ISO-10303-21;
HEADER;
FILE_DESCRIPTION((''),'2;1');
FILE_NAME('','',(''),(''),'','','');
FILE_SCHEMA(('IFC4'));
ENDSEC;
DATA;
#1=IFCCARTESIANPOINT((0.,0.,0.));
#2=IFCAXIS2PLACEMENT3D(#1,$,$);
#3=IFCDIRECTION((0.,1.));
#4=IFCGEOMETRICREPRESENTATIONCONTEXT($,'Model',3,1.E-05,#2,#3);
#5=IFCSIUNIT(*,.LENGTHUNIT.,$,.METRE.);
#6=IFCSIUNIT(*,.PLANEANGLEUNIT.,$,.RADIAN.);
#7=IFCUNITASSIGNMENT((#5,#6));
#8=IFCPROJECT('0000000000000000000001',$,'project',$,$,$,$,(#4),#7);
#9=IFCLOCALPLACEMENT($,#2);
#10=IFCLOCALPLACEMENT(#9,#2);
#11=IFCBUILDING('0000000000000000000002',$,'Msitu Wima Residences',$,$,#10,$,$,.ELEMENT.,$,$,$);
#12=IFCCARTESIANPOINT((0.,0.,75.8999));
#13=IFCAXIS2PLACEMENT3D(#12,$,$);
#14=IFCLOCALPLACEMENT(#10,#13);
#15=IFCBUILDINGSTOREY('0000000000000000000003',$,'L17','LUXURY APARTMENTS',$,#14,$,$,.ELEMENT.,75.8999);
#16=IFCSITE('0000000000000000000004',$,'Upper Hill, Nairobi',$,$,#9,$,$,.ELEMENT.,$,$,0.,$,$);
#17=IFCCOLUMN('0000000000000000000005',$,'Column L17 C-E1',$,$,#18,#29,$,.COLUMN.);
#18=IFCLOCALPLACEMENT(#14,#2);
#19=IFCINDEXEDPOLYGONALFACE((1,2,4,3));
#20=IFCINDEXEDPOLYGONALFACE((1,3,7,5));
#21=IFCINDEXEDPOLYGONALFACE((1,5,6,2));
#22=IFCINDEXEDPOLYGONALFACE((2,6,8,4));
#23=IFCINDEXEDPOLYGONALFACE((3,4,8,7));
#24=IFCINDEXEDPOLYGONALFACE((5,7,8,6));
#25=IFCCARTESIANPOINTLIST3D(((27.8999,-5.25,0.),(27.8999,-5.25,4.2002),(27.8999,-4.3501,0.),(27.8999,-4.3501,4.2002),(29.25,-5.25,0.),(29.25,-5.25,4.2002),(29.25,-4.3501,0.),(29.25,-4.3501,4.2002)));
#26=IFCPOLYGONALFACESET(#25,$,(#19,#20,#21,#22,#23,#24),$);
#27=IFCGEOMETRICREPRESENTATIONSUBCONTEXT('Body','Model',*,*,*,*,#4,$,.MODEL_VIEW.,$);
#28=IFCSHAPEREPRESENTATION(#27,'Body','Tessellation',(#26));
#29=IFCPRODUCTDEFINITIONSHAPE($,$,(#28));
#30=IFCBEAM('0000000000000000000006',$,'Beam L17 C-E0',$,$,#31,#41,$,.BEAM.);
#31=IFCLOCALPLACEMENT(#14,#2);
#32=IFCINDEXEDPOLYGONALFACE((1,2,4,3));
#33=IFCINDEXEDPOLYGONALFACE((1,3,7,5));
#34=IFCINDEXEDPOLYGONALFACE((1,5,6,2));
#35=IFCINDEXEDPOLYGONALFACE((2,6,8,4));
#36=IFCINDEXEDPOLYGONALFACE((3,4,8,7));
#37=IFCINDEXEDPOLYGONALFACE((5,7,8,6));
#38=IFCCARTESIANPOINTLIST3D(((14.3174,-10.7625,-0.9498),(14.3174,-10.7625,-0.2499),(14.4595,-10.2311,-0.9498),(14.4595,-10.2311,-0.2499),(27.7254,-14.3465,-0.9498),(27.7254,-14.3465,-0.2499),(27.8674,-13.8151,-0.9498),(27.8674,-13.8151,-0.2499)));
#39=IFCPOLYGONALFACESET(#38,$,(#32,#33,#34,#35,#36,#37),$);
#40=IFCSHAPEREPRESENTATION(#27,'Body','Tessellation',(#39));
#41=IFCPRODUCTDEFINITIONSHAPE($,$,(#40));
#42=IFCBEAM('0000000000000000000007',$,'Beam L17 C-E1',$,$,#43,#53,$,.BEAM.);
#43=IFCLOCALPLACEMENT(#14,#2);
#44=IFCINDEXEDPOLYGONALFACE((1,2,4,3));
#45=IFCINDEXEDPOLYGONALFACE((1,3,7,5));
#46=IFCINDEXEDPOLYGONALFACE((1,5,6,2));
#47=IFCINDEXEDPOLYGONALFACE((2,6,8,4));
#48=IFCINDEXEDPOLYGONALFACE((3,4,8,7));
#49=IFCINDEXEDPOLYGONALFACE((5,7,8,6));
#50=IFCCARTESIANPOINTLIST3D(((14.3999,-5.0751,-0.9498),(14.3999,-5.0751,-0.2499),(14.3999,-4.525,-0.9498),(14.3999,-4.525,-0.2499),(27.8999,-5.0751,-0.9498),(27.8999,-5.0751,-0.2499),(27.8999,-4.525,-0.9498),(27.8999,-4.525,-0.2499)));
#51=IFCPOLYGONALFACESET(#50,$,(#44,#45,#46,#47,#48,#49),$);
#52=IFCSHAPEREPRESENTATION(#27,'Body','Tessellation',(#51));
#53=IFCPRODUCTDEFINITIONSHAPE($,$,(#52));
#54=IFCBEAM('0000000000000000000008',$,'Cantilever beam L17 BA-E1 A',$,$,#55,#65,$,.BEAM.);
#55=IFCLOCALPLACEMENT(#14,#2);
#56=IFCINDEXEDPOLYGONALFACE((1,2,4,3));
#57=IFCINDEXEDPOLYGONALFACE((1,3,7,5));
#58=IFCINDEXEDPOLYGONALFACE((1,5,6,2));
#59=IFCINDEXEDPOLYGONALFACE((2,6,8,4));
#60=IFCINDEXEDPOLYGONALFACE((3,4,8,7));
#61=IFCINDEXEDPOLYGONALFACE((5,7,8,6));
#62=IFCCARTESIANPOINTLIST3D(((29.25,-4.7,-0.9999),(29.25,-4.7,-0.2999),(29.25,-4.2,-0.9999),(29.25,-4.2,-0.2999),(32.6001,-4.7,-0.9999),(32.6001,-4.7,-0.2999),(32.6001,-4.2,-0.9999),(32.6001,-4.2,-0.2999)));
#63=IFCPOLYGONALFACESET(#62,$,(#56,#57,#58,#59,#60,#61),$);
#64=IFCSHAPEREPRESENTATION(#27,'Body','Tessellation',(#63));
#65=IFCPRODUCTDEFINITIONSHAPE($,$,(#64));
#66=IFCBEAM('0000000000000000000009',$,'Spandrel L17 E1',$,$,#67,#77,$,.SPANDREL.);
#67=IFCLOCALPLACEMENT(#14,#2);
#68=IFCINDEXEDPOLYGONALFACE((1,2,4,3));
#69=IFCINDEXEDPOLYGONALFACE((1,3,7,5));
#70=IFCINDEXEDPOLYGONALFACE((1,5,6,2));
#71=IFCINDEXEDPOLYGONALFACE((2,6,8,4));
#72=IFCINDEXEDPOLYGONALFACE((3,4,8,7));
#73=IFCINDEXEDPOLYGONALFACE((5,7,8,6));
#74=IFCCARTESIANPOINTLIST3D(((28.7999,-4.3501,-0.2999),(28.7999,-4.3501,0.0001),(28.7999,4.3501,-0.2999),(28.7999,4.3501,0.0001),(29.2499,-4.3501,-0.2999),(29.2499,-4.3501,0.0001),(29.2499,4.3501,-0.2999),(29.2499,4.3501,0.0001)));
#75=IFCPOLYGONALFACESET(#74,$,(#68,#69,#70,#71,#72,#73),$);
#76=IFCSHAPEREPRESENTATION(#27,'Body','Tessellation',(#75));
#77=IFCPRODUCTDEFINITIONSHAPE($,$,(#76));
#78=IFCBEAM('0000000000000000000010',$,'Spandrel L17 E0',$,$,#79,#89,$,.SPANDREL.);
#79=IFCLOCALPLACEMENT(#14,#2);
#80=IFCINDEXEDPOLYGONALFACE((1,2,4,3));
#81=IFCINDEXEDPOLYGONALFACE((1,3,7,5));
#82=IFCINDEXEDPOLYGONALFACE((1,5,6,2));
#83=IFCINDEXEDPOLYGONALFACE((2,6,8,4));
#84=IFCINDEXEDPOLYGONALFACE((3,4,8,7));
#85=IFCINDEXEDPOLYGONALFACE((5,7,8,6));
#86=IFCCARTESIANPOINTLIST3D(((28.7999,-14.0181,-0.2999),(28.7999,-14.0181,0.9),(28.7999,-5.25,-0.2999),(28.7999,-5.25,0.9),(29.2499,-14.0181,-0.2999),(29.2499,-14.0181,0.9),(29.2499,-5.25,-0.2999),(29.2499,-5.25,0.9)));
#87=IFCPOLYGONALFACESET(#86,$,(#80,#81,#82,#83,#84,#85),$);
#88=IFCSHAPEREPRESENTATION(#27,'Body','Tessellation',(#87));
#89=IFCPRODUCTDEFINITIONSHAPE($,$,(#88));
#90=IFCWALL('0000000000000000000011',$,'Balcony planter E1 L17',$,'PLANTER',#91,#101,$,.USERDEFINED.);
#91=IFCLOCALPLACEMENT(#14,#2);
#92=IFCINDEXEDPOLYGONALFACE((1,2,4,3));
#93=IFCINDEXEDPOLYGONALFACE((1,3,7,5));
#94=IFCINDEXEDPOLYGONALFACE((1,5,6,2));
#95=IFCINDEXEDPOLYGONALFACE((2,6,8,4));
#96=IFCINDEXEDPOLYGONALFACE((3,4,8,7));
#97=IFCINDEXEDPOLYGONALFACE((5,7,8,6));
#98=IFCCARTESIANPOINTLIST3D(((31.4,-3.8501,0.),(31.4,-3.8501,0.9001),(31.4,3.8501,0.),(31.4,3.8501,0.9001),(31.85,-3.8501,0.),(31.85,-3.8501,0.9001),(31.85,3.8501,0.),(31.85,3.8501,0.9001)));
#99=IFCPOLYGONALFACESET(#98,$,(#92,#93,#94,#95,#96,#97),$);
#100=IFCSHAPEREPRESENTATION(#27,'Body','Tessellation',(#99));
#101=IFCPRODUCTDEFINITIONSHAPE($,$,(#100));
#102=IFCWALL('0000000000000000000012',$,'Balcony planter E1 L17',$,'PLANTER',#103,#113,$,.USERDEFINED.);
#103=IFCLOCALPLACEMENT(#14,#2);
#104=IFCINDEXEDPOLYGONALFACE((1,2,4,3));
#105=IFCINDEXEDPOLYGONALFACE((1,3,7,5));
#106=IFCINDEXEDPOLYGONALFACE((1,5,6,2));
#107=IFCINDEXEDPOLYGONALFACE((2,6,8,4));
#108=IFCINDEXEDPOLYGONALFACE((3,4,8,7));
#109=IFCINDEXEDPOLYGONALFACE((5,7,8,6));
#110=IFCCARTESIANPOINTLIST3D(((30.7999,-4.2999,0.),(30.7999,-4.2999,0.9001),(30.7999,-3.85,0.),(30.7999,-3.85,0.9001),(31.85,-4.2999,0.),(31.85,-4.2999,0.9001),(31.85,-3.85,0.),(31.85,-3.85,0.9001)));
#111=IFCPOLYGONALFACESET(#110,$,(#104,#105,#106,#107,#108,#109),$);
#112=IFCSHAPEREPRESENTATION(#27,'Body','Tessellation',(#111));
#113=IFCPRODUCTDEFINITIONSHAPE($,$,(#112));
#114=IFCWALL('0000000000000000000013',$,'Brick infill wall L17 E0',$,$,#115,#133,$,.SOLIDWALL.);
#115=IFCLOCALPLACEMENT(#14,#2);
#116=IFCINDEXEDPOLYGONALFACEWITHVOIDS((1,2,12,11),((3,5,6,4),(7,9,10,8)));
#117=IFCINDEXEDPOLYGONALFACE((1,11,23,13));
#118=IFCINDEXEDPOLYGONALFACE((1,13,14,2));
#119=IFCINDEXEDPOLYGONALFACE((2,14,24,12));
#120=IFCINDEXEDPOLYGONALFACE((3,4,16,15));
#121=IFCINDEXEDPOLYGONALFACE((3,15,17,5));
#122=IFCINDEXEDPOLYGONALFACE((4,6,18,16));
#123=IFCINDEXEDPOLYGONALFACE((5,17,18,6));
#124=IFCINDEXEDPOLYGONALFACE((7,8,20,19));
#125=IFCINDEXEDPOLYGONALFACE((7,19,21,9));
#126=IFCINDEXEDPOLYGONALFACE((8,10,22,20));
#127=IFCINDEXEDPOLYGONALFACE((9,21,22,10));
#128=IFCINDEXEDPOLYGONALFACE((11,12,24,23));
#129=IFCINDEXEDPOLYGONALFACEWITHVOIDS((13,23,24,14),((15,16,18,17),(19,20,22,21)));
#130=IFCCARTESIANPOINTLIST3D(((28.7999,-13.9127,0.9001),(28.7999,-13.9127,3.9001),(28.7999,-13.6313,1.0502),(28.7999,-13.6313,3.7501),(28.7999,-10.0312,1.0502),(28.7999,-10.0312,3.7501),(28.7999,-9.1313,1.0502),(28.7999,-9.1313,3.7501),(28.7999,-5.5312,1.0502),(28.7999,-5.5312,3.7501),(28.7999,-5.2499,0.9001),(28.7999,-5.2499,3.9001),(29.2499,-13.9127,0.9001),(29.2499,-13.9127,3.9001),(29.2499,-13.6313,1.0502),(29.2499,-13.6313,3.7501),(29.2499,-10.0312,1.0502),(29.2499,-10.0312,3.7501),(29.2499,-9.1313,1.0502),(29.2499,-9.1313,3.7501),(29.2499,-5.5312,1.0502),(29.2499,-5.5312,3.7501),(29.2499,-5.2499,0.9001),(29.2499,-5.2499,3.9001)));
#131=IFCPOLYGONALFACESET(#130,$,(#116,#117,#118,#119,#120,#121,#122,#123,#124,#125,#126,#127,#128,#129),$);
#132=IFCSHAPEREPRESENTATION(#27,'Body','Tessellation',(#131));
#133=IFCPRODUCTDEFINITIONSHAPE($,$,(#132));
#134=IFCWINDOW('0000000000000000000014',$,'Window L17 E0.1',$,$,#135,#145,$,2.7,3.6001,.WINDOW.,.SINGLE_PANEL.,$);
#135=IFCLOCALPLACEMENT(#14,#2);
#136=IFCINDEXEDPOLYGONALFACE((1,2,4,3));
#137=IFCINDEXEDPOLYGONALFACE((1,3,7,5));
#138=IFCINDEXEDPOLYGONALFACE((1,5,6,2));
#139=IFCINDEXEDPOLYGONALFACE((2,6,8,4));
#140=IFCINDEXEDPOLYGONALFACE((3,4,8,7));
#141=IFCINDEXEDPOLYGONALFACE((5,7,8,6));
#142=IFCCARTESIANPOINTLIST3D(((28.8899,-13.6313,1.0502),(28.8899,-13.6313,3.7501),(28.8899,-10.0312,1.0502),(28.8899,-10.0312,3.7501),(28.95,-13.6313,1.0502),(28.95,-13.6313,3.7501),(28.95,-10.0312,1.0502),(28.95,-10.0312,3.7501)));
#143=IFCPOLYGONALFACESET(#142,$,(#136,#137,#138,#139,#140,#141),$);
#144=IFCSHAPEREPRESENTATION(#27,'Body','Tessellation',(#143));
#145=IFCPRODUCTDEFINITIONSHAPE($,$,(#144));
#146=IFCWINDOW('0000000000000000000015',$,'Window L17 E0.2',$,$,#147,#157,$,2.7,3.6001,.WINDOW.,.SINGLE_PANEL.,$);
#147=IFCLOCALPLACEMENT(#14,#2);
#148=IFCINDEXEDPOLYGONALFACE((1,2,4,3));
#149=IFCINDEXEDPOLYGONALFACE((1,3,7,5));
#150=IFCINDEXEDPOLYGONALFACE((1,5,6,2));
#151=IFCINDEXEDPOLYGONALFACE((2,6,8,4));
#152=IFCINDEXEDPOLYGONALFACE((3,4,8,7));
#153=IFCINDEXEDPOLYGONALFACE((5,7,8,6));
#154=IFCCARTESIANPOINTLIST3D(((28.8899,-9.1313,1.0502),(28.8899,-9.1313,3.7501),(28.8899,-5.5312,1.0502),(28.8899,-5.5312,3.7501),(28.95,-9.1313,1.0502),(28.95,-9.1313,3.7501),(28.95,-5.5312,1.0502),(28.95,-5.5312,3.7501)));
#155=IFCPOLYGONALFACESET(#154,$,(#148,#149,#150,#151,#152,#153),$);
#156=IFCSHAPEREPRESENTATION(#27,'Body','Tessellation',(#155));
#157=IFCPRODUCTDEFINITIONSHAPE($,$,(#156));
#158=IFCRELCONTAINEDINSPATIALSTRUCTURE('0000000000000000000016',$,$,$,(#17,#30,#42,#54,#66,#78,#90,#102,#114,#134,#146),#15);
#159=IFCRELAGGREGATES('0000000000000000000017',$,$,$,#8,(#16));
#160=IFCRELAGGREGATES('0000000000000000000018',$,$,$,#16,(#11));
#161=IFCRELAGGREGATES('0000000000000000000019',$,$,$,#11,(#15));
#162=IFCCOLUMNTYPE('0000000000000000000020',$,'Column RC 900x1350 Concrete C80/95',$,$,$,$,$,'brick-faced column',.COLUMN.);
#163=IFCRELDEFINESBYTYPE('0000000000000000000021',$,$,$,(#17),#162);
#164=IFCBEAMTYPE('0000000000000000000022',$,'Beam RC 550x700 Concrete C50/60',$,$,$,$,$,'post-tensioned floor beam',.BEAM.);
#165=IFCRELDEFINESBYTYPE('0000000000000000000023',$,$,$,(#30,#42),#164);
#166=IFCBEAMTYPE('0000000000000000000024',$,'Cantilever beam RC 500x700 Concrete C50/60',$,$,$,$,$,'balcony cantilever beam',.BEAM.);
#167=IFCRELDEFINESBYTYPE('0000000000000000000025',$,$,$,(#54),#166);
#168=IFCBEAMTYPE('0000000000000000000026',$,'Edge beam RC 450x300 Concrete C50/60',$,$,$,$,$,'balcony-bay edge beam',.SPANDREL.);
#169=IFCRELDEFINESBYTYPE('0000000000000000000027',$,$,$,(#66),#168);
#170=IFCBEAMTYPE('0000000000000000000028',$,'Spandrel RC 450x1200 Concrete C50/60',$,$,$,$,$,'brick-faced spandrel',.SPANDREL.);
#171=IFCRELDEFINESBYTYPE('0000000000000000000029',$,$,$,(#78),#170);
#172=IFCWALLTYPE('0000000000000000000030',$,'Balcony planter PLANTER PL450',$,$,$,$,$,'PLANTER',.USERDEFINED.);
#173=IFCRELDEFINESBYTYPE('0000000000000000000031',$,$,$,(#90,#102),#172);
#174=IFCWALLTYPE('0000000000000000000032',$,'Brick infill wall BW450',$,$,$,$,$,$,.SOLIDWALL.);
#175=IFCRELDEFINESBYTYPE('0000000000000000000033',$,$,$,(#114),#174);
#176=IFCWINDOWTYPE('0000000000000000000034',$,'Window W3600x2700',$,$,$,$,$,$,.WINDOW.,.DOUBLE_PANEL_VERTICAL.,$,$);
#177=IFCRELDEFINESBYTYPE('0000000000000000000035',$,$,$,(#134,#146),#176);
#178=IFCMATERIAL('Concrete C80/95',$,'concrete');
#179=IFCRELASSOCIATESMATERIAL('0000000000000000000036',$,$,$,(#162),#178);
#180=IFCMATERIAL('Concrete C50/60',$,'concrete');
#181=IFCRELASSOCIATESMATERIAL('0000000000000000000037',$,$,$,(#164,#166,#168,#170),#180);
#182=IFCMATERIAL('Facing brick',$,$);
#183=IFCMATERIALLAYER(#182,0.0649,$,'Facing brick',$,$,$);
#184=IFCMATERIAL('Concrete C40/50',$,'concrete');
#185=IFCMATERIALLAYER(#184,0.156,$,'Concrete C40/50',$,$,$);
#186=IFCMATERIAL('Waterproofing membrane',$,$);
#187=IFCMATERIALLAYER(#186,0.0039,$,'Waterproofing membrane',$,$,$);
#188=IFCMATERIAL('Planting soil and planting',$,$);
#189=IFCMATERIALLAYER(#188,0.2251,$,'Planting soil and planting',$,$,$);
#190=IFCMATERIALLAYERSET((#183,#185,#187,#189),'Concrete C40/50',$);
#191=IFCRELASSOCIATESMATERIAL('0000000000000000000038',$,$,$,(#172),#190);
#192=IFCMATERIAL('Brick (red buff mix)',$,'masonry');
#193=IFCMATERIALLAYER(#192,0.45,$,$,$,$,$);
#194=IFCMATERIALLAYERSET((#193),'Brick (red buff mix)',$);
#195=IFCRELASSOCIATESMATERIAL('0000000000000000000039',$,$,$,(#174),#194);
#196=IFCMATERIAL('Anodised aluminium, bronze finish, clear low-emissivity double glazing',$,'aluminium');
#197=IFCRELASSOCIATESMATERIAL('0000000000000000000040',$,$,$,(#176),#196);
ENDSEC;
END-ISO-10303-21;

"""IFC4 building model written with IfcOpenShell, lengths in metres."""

from ifc_helpers import new_model, si_unit, direction, frame, frame_2d, origin, origin_2d, place, context, subcontext, project, spatial, rectangle, extrude, material, layer, layer_set, material_profile, profile_set, type_object, element, fill, save


model = new_model("IFC4")

# Units and contexts
model_context = context("Model", 3, precision=1e-05, world=origin(), true_north=direction((0.0, 1.0)))
body_context = subcontext(model_context, "Body", "Model", "MODEL_VIEW")
ifc_project = project(units=[si_unit("LENGTHUNIT", "METRE"), si_unit("PLANEANGLEUNIT", "RADIAN")], contexts=[model_context])

# Site, building, storey
site_placement = place(None, origin())
site = spatial("IfcSite", under=ifc_project, at=site_placement, Name="Upper Hill, Nairobi", CompositionType="ELEMENT", RefElevation=0.0)
building_placement = place(site_placement, origin())
building = spatial("IfcBuilding", under=site, at=building_placement, Name="Msitu Wima Residences", CompositionType="ELEMENT")
storey_placement = place(building_placement, frame((0.0, 0.0, 75.8999)))
storey = spatial("IfcBuildingStorey", under=building, at=storey_placement, Name="L17", Description="LUXURY APARTMENTS", CompositionType="ELEMENT", Elevation=75.8999)

# Column
ifc_material_1 = material(Name="Concrete C80/95", Category="concrete")
ifc_material_profile_1 = material_profile(ifc_material_1, rectangle(XDim=0.8999, YDim=1.3501, at=origin_2d()), Name="RC 900x1350")
ifc_profile_set_1 = profile_set([ifc_material_profile_1], Name="Concrete C80/95")
column_type = type_object("IfcColumnType", Name="Column RC 900x1350 Concrete C80/95", ElementType="brick-faced column", PredefinedType="COLUMN", material=ifc_profile_set_1)
column_placement = place(storey_placement, frame((28.575, -4.8, 0.0), z_axis=(0.0, 0.0, 1.0), x_axis=(0.0, 1.0, 0.0)))
element("IfcColumn", 1, at=column_placement, inside=storey, type_object=column_type, Name="Column L17 C-E1", PredefinedType="COLUMN", context=body_context, shape_type="SweptSolid", body=[
    extrude(rectangle(XDim=0.8999, YDim=1.3501, at=origin_2d()), origin(), (0.0, 0.0, 1.0), 4.2002),
])

# Beams
ifc_material_2 = material(Name="Concrete C50/60", Category="concrete")
ifc_material_profile_2 = material_profile(ifc_material_2, rectangle(XDim=0.55, YDim=0.7, at=origin_2d()), Name="RC 550x700")
ifc_profile_set_2 = profile_set([ifc_material_profile_2], Name="Concrete C50/60")
beam_type_1 = type_object("IfcBeamType", Name="Beam RC 550x700 Concrete C50/60", ElementType="post-tensioned floor beam", PredefinedType="BEAM", material=ifc_profile_set_2)
beam_1_placement = place(storey_placement, frame((27.7964, -14.0808, -0.5999), z_axis=(-0.966082, 0.258236, 0.0), x_axis=(-0.258236, -0.966082, 0.0)))
element("IfcBeam", 2, at=beam_1_placement, inside=storey, type_object=beam_type_1, Name="Beam L17 C-E0", PredefinedType="BEAM", context=body_context, shape_type="SweptSolid", body=[
    extrude(rectangle(XDim=0.55, YDim=0.7, at=origin_2d()), origin(), (0.0, 0.0, 1.0), 13.8787),
])
beam_2_placement = place(storey_placement, frame((27.8999, -4.8, -0.5999), z_axis=(-1.0, 0.0, 0.0), x_axis=(0.0, -1.0, 0.0)))
element("IfcBeam", 3, at=beam_2_placement, inside=storey, type_object=beam_type_1, Name="Beam L17 C-E1", PredefinedType="BEAM", context=body_context, shape_type="SweptSolid", body=[
    extrude(rectangle(XDim=0.55, YDim=0.7, at=origin_2d()), origin(), (0.0, 0.0, 1.0), 13.5),
])
ifc_material_profile_3 = material_profile(ifc_material_2, rectangle(XDim=0.5, YDim=0.7, at=origin_2d()), Name="RC 500x700")
ifc_profile_set_3 = profile_set([ifc_material_profile_3], Name="Concrete C50/60")
beam_type_2 = type_object("IfcBeamType", Name="Cantilever beam RC 500x700 Concrete C50/60", ElementType="balcony cantilever beam", PredefinedType="BEAM", material=ifc_profile_set_3)
beam_3_placement = place(storey_placement, frame((29.25, -4.45, -0.6499), z_axis=(1.0, 0.0, 0.0), x_axis=(0.0, 1.0, 0.0)))
element("IfcBeam", 4, at=beam_3_placement, inside=storey, type_object=beam_type_2, Name="Cantilever beam L17 BA-E1 A", PredefinedType="BEAM", context=body_context, shape_type="SweptSolid", body=[
    extrude(rectangle(XDim=0.5, YDim=0.7, at=origin_2d()), origin(), (0.0, 0.0, 1.0), 3.3501),
])
ifc_material_profile_4 = material_profile(ifc_material_2, rectangle(XDim=0.45, YDim=0.3, at=origin_2d()), Name="RC 450x300")
ifc_profile_set_4 = profile_set([ifc_material_profile_4], Name="Concrete C50/60")
beam_type_3 = type_object("IfcBeamType", Name="Edge beam RC 450x300 Concrete C50/60", ElementType="balcony-bay edge beam", PredefinedType="SPANDREL", material=ifc_profile_set_4)
beam_4_placement = place(storey_placement, frame((29.0249, -4.3501, -0.1499), z_axis=(0.0, 1.0, 0.0), x_axis=(-1.0, 0.0, 0.0)))
element("IfcBeam", 5, at=beam_4_placement, inside=storey, type_object=beam_type_3, Name="Spandrel L17 E1", PredefinedType="SPANDREL", context=body_context, shape_type="SweptSolid", body=[
    extrude(rectangle(XDim=0.45, YDim=0.3, at=origin_2d()), origin(), (0.0, 0.0, 1.0), 8.7002),
])
ifc_material_profile_5 = material_profile(ifc_material_2, rectangle(XDim=0.45, YDim=1.2, at=origin_2d()), Name="RC 450x1200")
ifc_profile_set_5 = profile_set([ifc_material_profile_5], Name="Concrete C50/60")
beam_type_4 = type_object("IfcBeamType", Name="Spandrel RC 450x1200 Concrete C50/60", ElementType="brick-faced spandrel", PredefinedType="SPANDREL", material=ifc_profile_set_5)
beam_5_placement = place(storey_placement, frame((29.0249, -14.0181, 0.3), z_axis=(0.0, 1.0, 0.0), x_axis=(-1.0, 0.0, 0.0)))
element("IfcBeam", 6, at=beam_5_placement, inside=storey, type_object=beam_type_4, Name="Spandrel L17 E0", PredefinedType="SPANDREL", context=body_context, shape_type="SweptSolid", body=[
    extrude(rectangle(XDim=0.45, YDim=1.2, at=origin_2d()), origin(), (0.0, 0.0, 1.0), 8.7681),
])

# Walls
ifc_material_3 = material(Name="Facing brick")
ifc_layer_1 = layer(ifc_material_3, 0.0649, Name="Facing brick")
ifc_material_4 = material(Name="Concrete C40/50", Category="concrete")
ifc_layer_2 = layer(ifc_material_4, 0.156, Name="Concrete C40/50")
ifc_material_5 = material(Name="Waterproofing membrane")
ifc_layer_3 = layer(ifc_material_5, 0.0039, Name="Waterproofing membrane")
ifc_material_6 = material(Name="Planting soil and planting")
ifc_layer_4 = layer(ifc_material_6, 0.2251, Name="Planting soil and planting")
ifc_layer_set_1 = layer_set([ifc_layer_1, ifc_layer_2, ifc_layer_3, ifc_layer_4], Name="Concrete C40/50")
wall_type_1 = type_object("IfcWallType", Name="Balcony planter PLANTER PL450", ElementType="PLANTER", PredefinedType="USERDEFINED", material=ifc_layer_set_1)
wall_1_placement = place(storey_placement, frame((31.625, -3.8501, 0.0), z_axis=(0.0, 0.0, 1.0), x_axis=(0.0, 1.0, 0.0)))
element("IfcWall", 7, at=wall_1_placement, inside=storey, type_object=wall_type_1, Name="Balcony planter E1 L17", ObjectType="PLANTER", PredefinedType="USERDEFINED", context=body_context, shape_type="SweptSolid", body=[
    extrude(rectangle(XDim=7.7002, YDim=0.45, at=frame_2d((3.8501, 0.0))), origin(), (0.0, 0.0, 1.0), 0.9001),
])
wall_2_placement = place(storey_placement, frame((30.8, -4.075, 0.0), z_axis=(0.0, 0.0, 1.0), x_axis=(1.0, 0.0, 0.0)))
element("IfcWall", 8, at=wall_2_placement, inside=storey, type_object=wall_type_1, Name="Balcony planter E1 L17", ObjectType="PLANTER", PredefinedType="USERDEFINED", context=body_context, shape_type="SweptSolid", body=[
    extrude(rectangle(XDim=1.05, YDim=0.45, at=frame_2d((0.5249, 0.0))), origin(), (0.0, 0.0, 1.0), 0.9001),
])

# Wall, openings, windows
ifc_material_7 = material(Name="Brick (red buff mix)", Category="masonry")
ifc_layer_5 = layer(ifc_material_7, 0.45)
ifc_layer_set_2 = layer_set([ifc_layer_5], Name="Brick (red buff mix)")
wall_type_2 = type_object("IfcWallType", Name="Brick infill wall BW450", PredefinedType="SOLIDWALL", material=ifc_layer_set_2)
wall_3_placement = place(storey_placement, frame((29.0249, -13.9128, 0.9001), z_axis=(0.0, 0.0, 1.0), x_axis=(0.0, 1.0, 0.0)))
wall_3 = element("IfcWall", 9, at=wall_3_placement, inside=storey, type_object=wall_type_2, Name="Brick infill wall L17 E0", PredefinedType="SOLIDWALL", context=body_context, shape_type="SweptSolid", body=[
    extrude(rectangle(XDim=8.6628, YDim=0.45, at=frame_2d((4.3315, 0.0))), origin(), (0.0, 0.0, 1.0), 3.0),
])
opening_1_placement = place(wall_3_placement, frame((0.2815, 0.0, 0.1499)))
opening_1 = element("IfcOpeningElement", 10, at=opening_1_placement, cuts=wall_3, PredefinedType="OPENING", context=body_context, shape_type="SweptSolid", body=[
    extrude(rectangle(XDim=3.6001, YDim=2.7, at=frame_2d((1.8, 1.3501))), frame((0.0, 0.2349, 0.0), z_axis=(0.0, -1.0, 0.0), x_axis=(1.0, 0.0, 0.0)), (0.0, 0.0, 1.0), 0.47),
])
opening_2_placement = place(wall_3_placement, frame((4.7815, 0.0, 0.1499)))
opening_2 = element("IfcOpeningElement", 11, at=opening_2_placement, cuts=wall_3, PredefinedType="OPENING", context=body_context, shape_type="SweptSolid", body=[
    extrude(rectangle(XDim=3.6001, YDim=2.7, at=frame_2d((1.8, 1.3501))), frame((0.0, 0.2349, 0.0), z_axis=(0.0, -1.0, 0.0), x_axis=(1.0, 0.0, 0.0)), (0.0, 0.0, 1.0), 0.47),
])
ifc_material_8 = material(Name="Anodised aluminium, bronze finish, clear low-emissivity double glazing", Category="aluminium")
window_type = type_object("IfcWindowType", Name="Window W3600x2700", PartitioningType="DOUBLE_PANEL_VERTICAL", PredefinedType="WINDOW", material=ifc_material_8)
window_1_placement = place(opening_1_placement, origin())
window_1 = element("IfcWindow", 12, at=window_1_placement, inside=storey, type_object=window_type, Name="Window L17 E0.1", OverallHeight=2.7, OverallWidth=3.6001, PartitioningType="SINGLE_PANEL", PredefinedType="WINDOW", context=body_context, shape_type="SweptSolid", body=[
    extrude(rectangle(XDim=3.6001, YDim=2.7, at=frame_2d((1.8, 1.3501))), frame((0.0, 0.135, 0.0), z_axis=(0.0, -1.0, 0.0), x_axis=(1.0, 0.0, 0.0)), (0.0, 0.0, 1.0), 0.0601),
])
fill(opening_1, window_1)
window_2_placement = place(opening_2_placement, origin())
window_2 = element("IfcWindow", 13, at=window_2_placement, inside=storey, type_object=window_type, Name="Window L17 E0.2", OverallHeight=2.7, OverallWidth=3.6001, PartitioningType="SINGLE_PANEL", PredefinedType="WINDOW", context=body_context, shape_type="SweptSolid", body=[
    extrude(rectangle(XDim=3.6001, YDim=2.7, at=frame_2d((1.8, 1.3501))), frame((0.0, 0.135, 0.0), z_axis=(0.0, -1.0, 0.0), x_axis=(1.0, 0.0, 0.0)), (0.0, 0.0, 1.0), 0.0601),
])
fill(opening_2, window_2)

save(model, "model.ifc")
